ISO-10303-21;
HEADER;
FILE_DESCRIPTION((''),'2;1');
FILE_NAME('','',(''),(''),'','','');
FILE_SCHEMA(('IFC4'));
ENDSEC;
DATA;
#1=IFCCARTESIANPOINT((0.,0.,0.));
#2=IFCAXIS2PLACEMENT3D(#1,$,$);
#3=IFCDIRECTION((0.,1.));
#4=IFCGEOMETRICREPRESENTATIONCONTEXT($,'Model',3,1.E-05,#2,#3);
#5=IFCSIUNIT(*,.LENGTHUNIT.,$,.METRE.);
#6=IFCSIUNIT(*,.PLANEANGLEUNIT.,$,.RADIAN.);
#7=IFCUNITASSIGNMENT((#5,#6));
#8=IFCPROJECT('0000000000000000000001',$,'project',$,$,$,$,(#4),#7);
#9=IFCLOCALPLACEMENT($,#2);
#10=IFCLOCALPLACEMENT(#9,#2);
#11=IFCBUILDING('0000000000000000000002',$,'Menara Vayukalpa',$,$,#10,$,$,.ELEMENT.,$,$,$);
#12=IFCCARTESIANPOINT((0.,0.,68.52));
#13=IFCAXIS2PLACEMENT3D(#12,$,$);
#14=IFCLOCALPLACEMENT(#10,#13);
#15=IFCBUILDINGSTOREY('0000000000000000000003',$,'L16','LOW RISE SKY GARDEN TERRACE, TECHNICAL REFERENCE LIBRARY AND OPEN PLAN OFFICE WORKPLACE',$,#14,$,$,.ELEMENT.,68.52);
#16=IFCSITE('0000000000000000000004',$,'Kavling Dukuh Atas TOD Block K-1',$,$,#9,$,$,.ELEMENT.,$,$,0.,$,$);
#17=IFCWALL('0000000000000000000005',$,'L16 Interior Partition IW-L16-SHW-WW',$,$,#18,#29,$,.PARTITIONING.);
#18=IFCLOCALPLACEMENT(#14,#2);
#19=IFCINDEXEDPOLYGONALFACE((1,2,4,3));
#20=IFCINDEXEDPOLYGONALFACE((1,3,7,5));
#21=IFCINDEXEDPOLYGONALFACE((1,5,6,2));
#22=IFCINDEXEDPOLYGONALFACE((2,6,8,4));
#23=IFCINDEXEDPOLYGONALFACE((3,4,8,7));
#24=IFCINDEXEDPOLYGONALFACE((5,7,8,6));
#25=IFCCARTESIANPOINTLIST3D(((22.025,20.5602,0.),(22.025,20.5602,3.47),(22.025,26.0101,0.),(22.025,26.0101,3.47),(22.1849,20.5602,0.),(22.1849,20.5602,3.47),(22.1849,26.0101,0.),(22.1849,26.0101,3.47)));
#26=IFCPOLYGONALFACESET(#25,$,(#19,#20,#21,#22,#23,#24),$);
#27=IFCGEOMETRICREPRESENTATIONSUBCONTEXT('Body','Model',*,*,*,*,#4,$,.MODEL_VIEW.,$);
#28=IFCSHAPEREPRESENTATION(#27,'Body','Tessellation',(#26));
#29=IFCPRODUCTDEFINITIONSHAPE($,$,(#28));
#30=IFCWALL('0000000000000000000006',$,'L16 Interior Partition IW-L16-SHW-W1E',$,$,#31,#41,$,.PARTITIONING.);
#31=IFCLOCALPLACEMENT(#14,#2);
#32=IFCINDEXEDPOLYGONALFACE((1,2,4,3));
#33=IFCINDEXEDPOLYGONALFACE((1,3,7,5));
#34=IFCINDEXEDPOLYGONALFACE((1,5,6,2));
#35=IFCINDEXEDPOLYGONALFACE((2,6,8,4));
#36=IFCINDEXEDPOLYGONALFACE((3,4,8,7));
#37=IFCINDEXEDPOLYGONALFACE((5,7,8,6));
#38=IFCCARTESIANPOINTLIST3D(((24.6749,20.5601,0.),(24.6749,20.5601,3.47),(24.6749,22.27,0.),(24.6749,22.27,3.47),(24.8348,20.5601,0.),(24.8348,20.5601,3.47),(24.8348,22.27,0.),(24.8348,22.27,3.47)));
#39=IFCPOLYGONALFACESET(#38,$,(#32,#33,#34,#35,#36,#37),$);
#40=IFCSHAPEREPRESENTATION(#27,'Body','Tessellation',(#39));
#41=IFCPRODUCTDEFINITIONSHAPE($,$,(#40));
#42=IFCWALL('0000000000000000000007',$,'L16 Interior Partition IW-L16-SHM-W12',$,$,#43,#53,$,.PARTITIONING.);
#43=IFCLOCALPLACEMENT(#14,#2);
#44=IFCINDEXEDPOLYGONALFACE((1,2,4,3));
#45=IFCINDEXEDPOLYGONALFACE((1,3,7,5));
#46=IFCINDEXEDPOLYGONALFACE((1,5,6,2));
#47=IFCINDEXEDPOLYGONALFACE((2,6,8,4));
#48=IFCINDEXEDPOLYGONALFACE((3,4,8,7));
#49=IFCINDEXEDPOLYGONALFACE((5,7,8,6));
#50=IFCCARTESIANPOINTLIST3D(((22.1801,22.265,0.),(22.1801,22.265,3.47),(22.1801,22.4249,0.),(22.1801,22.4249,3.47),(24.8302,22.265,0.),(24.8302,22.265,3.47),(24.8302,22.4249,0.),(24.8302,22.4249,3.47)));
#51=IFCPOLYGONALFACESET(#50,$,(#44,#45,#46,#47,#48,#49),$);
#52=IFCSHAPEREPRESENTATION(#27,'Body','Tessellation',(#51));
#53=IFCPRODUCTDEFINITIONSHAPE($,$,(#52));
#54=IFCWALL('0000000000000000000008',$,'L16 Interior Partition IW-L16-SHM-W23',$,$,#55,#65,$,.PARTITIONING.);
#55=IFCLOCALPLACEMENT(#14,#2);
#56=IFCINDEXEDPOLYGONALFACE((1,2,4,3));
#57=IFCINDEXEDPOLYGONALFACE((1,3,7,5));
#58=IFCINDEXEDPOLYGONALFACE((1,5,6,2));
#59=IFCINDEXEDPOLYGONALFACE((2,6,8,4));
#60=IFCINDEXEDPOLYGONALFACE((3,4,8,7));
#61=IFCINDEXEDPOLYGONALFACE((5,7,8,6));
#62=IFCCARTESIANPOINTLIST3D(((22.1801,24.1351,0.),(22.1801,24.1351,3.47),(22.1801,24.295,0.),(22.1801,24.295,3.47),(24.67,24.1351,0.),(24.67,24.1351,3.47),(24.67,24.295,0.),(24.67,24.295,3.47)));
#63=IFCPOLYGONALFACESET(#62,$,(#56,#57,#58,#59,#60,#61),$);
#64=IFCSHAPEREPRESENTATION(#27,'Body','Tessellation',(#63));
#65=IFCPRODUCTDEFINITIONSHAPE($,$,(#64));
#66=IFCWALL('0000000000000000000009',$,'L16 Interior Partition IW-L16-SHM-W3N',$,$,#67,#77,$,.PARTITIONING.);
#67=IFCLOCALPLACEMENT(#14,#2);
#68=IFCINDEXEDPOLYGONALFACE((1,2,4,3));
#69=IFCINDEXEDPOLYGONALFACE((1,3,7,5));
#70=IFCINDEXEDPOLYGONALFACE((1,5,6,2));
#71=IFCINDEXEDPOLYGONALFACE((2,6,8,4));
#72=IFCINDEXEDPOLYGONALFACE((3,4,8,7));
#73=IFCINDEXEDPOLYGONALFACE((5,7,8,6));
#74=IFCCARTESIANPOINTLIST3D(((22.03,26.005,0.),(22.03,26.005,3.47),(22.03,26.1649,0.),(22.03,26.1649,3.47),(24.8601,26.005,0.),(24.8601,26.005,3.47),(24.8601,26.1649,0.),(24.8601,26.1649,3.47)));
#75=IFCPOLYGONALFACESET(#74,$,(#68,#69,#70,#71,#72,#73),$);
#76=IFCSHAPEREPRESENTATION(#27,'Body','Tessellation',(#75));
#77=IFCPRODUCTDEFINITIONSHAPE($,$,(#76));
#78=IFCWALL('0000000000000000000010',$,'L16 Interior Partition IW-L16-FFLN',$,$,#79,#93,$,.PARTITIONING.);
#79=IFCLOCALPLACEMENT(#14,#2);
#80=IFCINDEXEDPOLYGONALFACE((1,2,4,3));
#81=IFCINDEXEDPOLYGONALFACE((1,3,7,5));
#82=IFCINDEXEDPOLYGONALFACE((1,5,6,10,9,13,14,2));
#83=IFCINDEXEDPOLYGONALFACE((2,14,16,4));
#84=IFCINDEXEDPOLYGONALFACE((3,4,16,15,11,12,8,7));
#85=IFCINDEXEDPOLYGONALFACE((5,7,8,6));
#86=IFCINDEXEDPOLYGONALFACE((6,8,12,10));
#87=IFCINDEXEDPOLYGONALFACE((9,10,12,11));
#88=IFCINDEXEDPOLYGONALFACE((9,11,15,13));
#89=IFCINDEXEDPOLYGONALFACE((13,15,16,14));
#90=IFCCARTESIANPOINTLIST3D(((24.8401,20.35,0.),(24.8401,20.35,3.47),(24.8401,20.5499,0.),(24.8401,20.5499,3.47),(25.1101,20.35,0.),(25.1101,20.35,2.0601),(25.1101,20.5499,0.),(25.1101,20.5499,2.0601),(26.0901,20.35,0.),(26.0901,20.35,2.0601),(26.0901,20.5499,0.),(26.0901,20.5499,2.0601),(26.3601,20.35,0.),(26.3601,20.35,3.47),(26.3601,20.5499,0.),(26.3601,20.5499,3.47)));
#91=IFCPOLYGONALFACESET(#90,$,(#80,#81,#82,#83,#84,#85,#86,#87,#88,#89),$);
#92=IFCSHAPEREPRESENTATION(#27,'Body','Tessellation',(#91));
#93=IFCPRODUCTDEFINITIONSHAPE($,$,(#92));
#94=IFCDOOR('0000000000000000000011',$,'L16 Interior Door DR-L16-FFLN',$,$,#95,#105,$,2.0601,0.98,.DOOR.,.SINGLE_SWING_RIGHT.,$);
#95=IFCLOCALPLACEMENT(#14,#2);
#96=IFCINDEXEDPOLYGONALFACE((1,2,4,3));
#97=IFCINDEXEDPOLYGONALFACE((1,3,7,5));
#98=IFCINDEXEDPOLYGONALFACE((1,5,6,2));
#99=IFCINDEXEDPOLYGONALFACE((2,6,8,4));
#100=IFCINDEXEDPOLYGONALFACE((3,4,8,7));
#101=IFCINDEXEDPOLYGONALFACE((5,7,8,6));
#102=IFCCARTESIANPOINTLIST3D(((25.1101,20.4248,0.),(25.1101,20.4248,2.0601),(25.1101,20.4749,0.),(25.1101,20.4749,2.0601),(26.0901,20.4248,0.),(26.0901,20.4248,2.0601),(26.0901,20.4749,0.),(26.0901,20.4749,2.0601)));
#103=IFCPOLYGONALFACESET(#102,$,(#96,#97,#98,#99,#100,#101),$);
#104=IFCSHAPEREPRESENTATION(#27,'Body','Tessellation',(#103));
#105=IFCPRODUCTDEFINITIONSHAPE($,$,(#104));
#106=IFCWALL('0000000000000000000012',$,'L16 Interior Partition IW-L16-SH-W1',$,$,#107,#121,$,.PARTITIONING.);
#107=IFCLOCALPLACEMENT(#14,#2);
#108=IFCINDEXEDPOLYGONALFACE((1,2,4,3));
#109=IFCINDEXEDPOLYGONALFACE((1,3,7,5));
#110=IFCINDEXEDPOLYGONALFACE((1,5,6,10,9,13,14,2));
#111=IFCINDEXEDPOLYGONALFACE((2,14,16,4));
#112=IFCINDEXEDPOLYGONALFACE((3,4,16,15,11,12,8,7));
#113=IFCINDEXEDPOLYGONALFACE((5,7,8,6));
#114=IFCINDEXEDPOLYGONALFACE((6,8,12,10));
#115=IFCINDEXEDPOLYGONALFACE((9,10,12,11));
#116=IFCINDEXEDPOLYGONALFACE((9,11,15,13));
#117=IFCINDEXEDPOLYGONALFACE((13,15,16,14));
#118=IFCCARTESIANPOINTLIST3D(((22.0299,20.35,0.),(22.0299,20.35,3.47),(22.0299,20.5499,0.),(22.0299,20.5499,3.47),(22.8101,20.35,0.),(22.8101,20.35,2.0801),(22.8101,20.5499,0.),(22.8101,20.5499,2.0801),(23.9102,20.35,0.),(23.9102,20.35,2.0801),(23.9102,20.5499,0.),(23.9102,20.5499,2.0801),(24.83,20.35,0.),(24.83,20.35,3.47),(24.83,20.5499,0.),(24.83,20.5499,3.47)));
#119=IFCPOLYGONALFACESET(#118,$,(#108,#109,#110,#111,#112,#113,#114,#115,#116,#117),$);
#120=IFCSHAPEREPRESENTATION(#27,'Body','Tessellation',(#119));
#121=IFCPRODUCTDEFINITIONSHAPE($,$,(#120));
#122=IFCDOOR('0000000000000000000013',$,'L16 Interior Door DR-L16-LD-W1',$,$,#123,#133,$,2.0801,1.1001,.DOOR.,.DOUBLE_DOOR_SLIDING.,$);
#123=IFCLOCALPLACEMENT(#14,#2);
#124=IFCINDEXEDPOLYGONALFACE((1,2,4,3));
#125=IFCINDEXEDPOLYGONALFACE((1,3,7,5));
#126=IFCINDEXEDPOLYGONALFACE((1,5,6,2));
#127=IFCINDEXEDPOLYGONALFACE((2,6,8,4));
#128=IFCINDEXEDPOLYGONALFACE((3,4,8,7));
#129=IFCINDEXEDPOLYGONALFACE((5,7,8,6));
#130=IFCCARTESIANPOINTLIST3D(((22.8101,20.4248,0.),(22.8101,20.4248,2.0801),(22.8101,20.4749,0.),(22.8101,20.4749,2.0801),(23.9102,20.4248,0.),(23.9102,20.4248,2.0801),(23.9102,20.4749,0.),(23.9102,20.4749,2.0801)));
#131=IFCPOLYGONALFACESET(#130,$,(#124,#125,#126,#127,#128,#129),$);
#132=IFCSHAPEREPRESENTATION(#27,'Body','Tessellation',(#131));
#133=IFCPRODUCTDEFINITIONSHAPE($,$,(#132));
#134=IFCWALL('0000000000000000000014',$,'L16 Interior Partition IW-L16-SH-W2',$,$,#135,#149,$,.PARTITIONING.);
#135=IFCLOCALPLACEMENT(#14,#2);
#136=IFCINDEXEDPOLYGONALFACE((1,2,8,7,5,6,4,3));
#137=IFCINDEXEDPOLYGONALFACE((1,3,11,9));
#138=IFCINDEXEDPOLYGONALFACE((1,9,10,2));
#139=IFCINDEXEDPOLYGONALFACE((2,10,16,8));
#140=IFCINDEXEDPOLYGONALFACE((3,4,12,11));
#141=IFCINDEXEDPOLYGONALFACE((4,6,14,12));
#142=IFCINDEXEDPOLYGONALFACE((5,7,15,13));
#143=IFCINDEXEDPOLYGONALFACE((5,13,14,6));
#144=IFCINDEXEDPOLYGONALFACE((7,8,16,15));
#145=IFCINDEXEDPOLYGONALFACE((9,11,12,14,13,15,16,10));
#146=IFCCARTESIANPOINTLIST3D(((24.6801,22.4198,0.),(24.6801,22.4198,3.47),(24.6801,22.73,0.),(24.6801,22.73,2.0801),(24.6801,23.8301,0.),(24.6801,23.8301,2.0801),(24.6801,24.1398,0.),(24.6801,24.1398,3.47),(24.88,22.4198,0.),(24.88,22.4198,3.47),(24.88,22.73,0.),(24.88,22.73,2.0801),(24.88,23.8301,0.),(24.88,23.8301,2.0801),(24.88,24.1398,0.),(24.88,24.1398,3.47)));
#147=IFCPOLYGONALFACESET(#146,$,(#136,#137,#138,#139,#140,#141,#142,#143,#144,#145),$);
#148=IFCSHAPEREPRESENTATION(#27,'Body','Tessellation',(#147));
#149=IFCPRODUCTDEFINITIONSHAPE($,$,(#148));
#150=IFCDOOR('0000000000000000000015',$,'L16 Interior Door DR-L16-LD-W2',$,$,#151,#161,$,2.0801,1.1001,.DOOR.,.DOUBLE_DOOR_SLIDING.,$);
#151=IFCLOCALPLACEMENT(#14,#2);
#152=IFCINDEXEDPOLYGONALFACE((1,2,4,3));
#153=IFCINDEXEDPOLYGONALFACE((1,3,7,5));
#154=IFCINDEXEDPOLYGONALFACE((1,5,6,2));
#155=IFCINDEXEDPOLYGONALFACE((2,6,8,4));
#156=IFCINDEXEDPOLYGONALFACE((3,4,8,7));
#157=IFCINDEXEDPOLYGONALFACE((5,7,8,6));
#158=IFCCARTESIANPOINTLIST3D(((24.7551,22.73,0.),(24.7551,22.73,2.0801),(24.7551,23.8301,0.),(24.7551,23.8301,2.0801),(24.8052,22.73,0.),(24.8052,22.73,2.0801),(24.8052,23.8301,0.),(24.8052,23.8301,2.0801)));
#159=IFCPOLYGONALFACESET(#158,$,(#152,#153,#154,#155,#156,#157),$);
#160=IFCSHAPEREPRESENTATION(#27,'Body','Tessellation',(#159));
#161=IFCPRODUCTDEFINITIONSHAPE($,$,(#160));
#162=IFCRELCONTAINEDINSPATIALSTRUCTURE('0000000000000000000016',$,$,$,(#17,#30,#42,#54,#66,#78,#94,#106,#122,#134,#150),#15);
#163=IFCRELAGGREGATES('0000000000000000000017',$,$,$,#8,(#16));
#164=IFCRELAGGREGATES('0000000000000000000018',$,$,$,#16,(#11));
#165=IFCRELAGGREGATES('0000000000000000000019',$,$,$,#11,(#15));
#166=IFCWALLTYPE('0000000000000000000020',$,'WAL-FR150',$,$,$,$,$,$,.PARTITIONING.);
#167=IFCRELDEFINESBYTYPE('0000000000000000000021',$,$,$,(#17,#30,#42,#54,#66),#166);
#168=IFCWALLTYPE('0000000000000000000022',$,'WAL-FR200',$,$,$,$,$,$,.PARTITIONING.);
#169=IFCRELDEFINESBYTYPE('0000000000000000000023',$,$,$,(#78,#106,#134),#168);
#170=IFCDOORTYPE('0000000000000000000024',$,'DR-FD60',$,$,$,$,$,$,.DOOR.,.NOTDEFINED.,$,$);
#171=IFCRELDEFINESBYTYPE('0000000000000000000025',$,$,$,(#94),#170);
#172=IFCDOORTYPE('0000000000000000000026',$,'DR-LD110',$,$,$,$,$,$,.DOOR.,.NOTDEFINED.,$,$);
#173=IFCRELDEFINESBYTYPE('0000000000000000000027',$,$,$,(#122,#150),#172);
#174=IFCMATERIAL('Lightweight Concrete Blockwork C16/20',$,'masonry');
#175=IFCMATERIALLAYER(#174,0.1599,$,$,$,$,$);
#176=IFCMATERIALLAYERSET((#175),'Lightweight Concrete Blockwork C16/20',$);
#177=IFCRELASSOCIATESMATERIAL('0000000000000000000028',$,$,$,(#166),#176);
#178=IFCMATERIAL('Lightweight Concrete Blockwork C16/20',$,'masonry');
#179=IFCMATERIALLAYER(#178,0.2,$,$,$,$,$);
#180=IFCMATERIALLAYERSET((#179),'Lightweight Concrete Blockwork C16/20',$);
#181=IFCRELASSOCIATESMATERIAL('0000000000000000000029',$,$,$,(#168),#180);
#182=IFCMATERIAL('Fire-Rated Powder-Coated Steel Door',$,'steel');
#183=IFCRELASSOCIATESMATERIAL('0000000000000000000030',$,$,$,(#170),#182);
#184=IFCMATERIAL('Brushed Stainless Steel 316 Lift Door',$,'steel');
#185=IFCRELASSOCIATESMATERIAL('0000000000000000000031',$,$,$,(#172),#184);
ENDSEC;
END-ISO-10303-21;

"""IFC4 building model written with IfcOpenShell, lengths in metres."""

from ifc_helpers import new_model, si_unit, direction, frame, frame_2d, origin, place, context, subcontext, project, spatial, rectangle, extrude, material, layer, layer_set, type_object, element, fill, save


model = new_model("IFC4")

# Units and contexts
model_context = context("Model", 3, precision=1e-05, world=origin(), true_north=direction((0.0, 1.0)))
body_context = subcontext(model_context, "Body", "Model", "MODEL_VIEW")
ifc_project = project(units=[si_unit("LENGTHUNIT", "METRE"), si_unit("PLANEANGLEUNIT", "RADIAN")], contexts=[model_context])

# Site, building, storey
site_placement = place(None, origin())
site = spatial("IfcSite", under=ifc_project, at=site_placement, Name="Kavling Dukuh Atas TOD Block K-1", CompositionType="ELEMENT", RefElevation=0.0)
building_placement = place(site_placement, origin())
building = spatial("IfcBuilding", under=site, at=building_placement, Name="Menara Vayukalpa", CompositionType="ELEMENT")
storey_placement = place(building_placement, frame((0.0, 0.0, 68.52)))
storey = spatial("IfcBuildingStorey", under=building, at=storey_placement, Name="L16", Description="LOW RISE SKY GARDEN TERRACE, TECHNICAL REFERENCE LIBRARY AND OPEN PLAN OFFICE WORKPLACE", CompositionType="ELEMENT", Elevation=68.52)

# Walls
ifc_material_1 = material(Name="Lightweight Concrete Blockwork C16/20", Category="masonry")
ifc_layer_1 = layer(ifc_material_1, 0.1599)
ifc_layer_set_1 = layer_set([ifc_layer_1], Name="Lightweight Concrete Blockwork C16/20")
wall_type_1 = type_object("IfcWallType", Name="WAL-FR150", PredefinedType="PARTITIONING", material=ifc_layer_set_1)
wall_1_placement = place(storey_placement, frame((22.105, 20.5601, 0.0), z_axis=(0.0, 0.0, 1.0), x_axis=(0.0, 1.0, 0.0)))
element("IfcWall", 1, at=wall_1_placement, inside=storey, type_object=wall_type_1, Name="L16 Interior Partition IW-L16-SHW-WW", PredefinedType="PARTITIONING", context=body_context, shape_type="SweptSolid", body=[
    extrude(rectangle(XDim=5.45, YDim=0.1599, at=frame_2d((2.7251, 0.0))), origin(), (0.0, 0.0, 1.0), 3.47),
])
wall_2_placement = place(storey_placement, frame((24.7549, 20.5601, 0.0), z_axis=(0.0, 0.0, 1.0), x_axis=(0.0, 1.0, 0.0)))
element("IfcWall", 2, at=wall_2_placement, inside=storey, type_object=wall_type_1, Name="L16 Interior Partition IW-L16-SHW-W1E", PredefinedType="PARTITIONING", context=body_context, shape_type="SweptSolid", body=[
    extrude(rectangle(XDim=1.71, YDim=0.1599, at=frame_2d((0.855, 0.0))), origin(), (0.0, 0.0, 1.0), 3.47),
])
wall_3_placement = place(storey_placement, frame((22.1799, 22.345, 0.0), z_axis=(0.0, 0.0, 1.0), x_axis=(1.0, 0.0, 0.0)))
element("IfcWall", 3, at=wall_3_placement, inside=storey, type_object=wall_type_1, Name="L16 Interior Partition IW-L16-SHM-W12", PredefinedType="PARTITIONING", context=body_context, shape_type="SweptSolid", body=[
    extrude(rectangle(XDim=2.6501, YDim=0.1599, at=frame_2d((1.3252, 0.0))), origin(), (0.0, 0.0, 1.0), 3.47),
])
wall_4_placement = place(storey_placement, frame((22.1799, 24.2151, 0.0), z_axis=(0.0, 0.0, 1.0), x_axis=(1.0, 0.0, 0.0)))
element("IfcWall", 4, at=wall_4_placement, inside=storey, type_object=wall_type_1, Name="L16 Interior Partition IW-L16-SHM-W23", PredefinedType="PARTITIONING", context=body_context, shape_type="SweptSolid", body=[
    extrude(rectangle(XDim=2.49, YDim=0.1599, at=frame_2d((1.2451, 0.0))), origin(), (0.0, 0.0, 1.0), 3.47),
])
wall_5_placement = place(storey_placement, frame((22.03, 26.085, 0.0), z_axis=(0.0, 0.0, 1.0), x_axis=(1.0, 0.0, 0.0)))
element("IfcWall", 5, at=wall_5_placement, inside=storey, type_object=wall_type_1, Name="L16 Interior Partition IW-L16-SHM-W3N", PredefinedType="PARTITIONING", context=body_context, shape_type="SweptSolid", body=[
    extrude(rectangle(XDim=2.8301, YDim=0.1599, at=frame_2d((1.415, 0.0))), origin(), (0.0, 0.0, 1.0), 3.47),
])

# Walls, openings, doors
ifc_material_2 = material(Name="Lightweight Concrete Blockwork C16/20", Category="masonry")
ifc_layer_2 = layer(ifc_material_2, 0.2)
ifc_layer_set_2 = layer_set([ifc_layer_2], Name="Lightweight Concrete Blockwork C16/20")
wall_type_2 = type_object("IfcWallType", Name="WAL-FR200", PredefinedType="PARTITIONING", material=ifc_layer_set_2)
wall_6_placement = place(storey_placement, frame((24.8401, 20.45, 0.0), z_axis=(0.0, 0.0, 1.0), x_axis=(1.0, 0.0, 0.0)))
wall_6 = element("IfcWall", 6, at=wall_6_placement, inside=storey, type_object=wall_type_2, Name="L16 Interior Partition IW-L16-FFLN", PredefinedType="PARTITIONING", context=body_context, shape_type="SweptSolid", body=[
    extrude(rectangle(XDim=1.52, YDim=0.2, at=frame_2d((0.76, 0.0))), origin(), (0.0, 0.0, 1.0), 3.47),
])
opening_1_placement = place(wall_6_placement, frame((0.27, 0.0, 0.0)))
opening_1 = element("IfcOpeningElement", 7, at=opening_1_placement, cuts=wall_6, PredefinedType="OPENING", context=body_context, shape_type="SweptSolid", body=[
    extrude(rectangle(XDim=0.98, YDim=2.0601, at=frame_2d((0.49, 1.03))), frame((0.0, 0.1099, 0.0), z_axis=(0.0, -1.0, 0.0), x_axis=(1.0, 0.0, 0.0)), (0.0, 0.0, 1.0), 0.22),
])
ifc_material_3 = material(Name="Fire-Rated Powder-Coated Steel Door", Category="steel")
door_type_1 = type_object("IfcDoorType", Name="DR-FD60", OperationType="NOTDEFINED", PredefinedType="DOOR", material=ifc_material_3)
door_1_placement = place(opening_1_placement, origin())
door_1 = element("IfcDoor", 8, at=door_1_placement, inside=storey, type_object=door_type_1, Name="L16 Interior Door DR-L16-FFLN", OperationType="SINGLE_SWING_RIGHT", OverallHeight=2.0601, OverallWidth=0.98, PredefinedType="DOOR", context=body_context, shape_type="SweptSolid", body=[
    extrude(rectangle(XDim=0.98, YDim=2.0601, at=frame_2d((0.49, 1.03))), frame((0.0, 0.0249, 0.0), z_axis=(0.0, -1.0, 0.0), x_axis=(1.0, 0.0, 0.0)), (0.0, 0.0, 1.0), 0.05),
])
fill(opening_1, door_1)
wall_7_placement = place(storey_placement, frame((22.03, 20.45, 0.0), z_axis=(0.0, 0.0, 1.0), x_axis=(1.0, 0.0, 0.0)))
wall_7 = element("IfcWall", 9, at=wall_7_placement, inside=storey, type_object=wall_type_2, Name="L16 Interior Partition IW-L16-SH-W1", PredefinedType="PARTITIONING", context=body_context, shape_type="SweptSolid", body=[
    extrude(rectangle(XDim=2.8, YDim=0.2, at=frame_2d((1.3999, 0.0))), origin(), (0.0, 0.0, 1.0), 3.47),
])
opening_2_placement = place(wall_7_placement, frame((0.78, 0.0, 0.0)))
opening_2 = element("IfcOpeningElement", 10, at=opening_2_placement, cuts=wall_7, PredefinedType="OPENING", context=body_context, shape_type="SweptSolid", body=[
    extrude(rectangle(XDim=1.1001, YDim=2.0801, at=frame_2d((0.55, 1.04))), frame((0.0, 0.1099, 0.0), z_axis=(0.0, -1.0, 0.0), x_axis=(1.0, 0.0, 0.0)), (0.0, 0.0, 1.0), 0.22),
])
ifc_material_4 = material(Name="Brushed Stainless Steel 316 Lift Door", Category="steel")
door_type_2 = type_object("IfcDoorType", Name="DR-LD110", OperationType="NOTDEFINED", PredefinedType="DOOR", material=ifc_material_4)
door_2_placement = place(opening_2_placement, origin())
door_2 = element("IfcDoor", 11, at=door_2_placement, inside=storey, type_object=door_type_2, Name="L16 Interior Door DR-L16-LD-W1", OperationType="DOUBLE_DOOR_SLIDING", OverallHeight=2.0801, OverallWidth=1.1001, PredefinedType="DOOR", context=body_context, shape_type="SweptSolid", body=[
    extrude(rectangle(XDim=1.1001, YDim=2.0801, at=frame_2d((0.55, 1.04))), frame((0.0, 0.0249, 0.0), z_axis=(0.0, -1.0, 0.0), x_axis=(1.0, 0.0, 0.0)), (0.0, 0.0, 1.0), 0.05),
])
fill(opening_2, door_2)
wall_8_placement = place(storey_placement, frame((24.78, 22.4199, 0.0), z_axis=(0.0, 0.0, 1.0), x_axis=(0.0, 1.0, 0.0)))
wall_8 = element("IfcWall", 12, at=wall_8_placement, inside=storey, type_object=wall_type_2, Name="L16 Interior Partition IW-L16-SH-W2", PredefinedType="PARTITIONING", context=body_context, shape_type="SweptSolid", body=[
    extrude(rectangle(XDim=1.72, YDim=0.2, at=frame_2d((0.8599, 0.0))), origin(), (0.0, 0.0, 1.0), 3.47),
])
opening_3_placement = place(wall_8_placement, frame((0.3101, 0.0, 0.0)))
opening_3 = element("IfcOpeningElement", 13, at=opening_3_placement, cuts=wall_8, PredefinedType="OPENING", context=body_context, shape_type="SweptSolid", body=[
    extrude(rectangle(XDim=1.1001, YDim=2.0801, at=frame_2d((0.55, 1.04))), frame((0.0, 0.1099, 0.0), z_axis=(0.0, -1.0, 0.0), x_axis=(1.0, 0.0, 0.0)), (0.0, 0.0, 1.0), 0.22),
])
door_3_placement = place(opening_3_placement, origin())
door_3 = element("IfcDoor", 14, at=door_3_placement, inside=storey, type_object=door_type_2, Name="L16 Interior Door DR-L16-LD-W2", OperationType="DOUBLE_DOOR_SLIDING", OverallHeight=2.0801, OverallWidth=1.1001, PredefinedType="DOOR", context=body_context, shape_type="SweptSolid", body=[
    extrude(rectangle(XDim=1.1001, YDim=2.0801, at=frame_2d((0.55, 1.04))), frame((0.0, 0.0249, 0.0), z_axis=(0.0, -1.0, 0.0), x_axis=(1.0, 0.0, 0.0)), (0.0, 0.0, 1.0), 0.05),
])
fill(opening_3, door_3)

save(model, "model.ifc")
